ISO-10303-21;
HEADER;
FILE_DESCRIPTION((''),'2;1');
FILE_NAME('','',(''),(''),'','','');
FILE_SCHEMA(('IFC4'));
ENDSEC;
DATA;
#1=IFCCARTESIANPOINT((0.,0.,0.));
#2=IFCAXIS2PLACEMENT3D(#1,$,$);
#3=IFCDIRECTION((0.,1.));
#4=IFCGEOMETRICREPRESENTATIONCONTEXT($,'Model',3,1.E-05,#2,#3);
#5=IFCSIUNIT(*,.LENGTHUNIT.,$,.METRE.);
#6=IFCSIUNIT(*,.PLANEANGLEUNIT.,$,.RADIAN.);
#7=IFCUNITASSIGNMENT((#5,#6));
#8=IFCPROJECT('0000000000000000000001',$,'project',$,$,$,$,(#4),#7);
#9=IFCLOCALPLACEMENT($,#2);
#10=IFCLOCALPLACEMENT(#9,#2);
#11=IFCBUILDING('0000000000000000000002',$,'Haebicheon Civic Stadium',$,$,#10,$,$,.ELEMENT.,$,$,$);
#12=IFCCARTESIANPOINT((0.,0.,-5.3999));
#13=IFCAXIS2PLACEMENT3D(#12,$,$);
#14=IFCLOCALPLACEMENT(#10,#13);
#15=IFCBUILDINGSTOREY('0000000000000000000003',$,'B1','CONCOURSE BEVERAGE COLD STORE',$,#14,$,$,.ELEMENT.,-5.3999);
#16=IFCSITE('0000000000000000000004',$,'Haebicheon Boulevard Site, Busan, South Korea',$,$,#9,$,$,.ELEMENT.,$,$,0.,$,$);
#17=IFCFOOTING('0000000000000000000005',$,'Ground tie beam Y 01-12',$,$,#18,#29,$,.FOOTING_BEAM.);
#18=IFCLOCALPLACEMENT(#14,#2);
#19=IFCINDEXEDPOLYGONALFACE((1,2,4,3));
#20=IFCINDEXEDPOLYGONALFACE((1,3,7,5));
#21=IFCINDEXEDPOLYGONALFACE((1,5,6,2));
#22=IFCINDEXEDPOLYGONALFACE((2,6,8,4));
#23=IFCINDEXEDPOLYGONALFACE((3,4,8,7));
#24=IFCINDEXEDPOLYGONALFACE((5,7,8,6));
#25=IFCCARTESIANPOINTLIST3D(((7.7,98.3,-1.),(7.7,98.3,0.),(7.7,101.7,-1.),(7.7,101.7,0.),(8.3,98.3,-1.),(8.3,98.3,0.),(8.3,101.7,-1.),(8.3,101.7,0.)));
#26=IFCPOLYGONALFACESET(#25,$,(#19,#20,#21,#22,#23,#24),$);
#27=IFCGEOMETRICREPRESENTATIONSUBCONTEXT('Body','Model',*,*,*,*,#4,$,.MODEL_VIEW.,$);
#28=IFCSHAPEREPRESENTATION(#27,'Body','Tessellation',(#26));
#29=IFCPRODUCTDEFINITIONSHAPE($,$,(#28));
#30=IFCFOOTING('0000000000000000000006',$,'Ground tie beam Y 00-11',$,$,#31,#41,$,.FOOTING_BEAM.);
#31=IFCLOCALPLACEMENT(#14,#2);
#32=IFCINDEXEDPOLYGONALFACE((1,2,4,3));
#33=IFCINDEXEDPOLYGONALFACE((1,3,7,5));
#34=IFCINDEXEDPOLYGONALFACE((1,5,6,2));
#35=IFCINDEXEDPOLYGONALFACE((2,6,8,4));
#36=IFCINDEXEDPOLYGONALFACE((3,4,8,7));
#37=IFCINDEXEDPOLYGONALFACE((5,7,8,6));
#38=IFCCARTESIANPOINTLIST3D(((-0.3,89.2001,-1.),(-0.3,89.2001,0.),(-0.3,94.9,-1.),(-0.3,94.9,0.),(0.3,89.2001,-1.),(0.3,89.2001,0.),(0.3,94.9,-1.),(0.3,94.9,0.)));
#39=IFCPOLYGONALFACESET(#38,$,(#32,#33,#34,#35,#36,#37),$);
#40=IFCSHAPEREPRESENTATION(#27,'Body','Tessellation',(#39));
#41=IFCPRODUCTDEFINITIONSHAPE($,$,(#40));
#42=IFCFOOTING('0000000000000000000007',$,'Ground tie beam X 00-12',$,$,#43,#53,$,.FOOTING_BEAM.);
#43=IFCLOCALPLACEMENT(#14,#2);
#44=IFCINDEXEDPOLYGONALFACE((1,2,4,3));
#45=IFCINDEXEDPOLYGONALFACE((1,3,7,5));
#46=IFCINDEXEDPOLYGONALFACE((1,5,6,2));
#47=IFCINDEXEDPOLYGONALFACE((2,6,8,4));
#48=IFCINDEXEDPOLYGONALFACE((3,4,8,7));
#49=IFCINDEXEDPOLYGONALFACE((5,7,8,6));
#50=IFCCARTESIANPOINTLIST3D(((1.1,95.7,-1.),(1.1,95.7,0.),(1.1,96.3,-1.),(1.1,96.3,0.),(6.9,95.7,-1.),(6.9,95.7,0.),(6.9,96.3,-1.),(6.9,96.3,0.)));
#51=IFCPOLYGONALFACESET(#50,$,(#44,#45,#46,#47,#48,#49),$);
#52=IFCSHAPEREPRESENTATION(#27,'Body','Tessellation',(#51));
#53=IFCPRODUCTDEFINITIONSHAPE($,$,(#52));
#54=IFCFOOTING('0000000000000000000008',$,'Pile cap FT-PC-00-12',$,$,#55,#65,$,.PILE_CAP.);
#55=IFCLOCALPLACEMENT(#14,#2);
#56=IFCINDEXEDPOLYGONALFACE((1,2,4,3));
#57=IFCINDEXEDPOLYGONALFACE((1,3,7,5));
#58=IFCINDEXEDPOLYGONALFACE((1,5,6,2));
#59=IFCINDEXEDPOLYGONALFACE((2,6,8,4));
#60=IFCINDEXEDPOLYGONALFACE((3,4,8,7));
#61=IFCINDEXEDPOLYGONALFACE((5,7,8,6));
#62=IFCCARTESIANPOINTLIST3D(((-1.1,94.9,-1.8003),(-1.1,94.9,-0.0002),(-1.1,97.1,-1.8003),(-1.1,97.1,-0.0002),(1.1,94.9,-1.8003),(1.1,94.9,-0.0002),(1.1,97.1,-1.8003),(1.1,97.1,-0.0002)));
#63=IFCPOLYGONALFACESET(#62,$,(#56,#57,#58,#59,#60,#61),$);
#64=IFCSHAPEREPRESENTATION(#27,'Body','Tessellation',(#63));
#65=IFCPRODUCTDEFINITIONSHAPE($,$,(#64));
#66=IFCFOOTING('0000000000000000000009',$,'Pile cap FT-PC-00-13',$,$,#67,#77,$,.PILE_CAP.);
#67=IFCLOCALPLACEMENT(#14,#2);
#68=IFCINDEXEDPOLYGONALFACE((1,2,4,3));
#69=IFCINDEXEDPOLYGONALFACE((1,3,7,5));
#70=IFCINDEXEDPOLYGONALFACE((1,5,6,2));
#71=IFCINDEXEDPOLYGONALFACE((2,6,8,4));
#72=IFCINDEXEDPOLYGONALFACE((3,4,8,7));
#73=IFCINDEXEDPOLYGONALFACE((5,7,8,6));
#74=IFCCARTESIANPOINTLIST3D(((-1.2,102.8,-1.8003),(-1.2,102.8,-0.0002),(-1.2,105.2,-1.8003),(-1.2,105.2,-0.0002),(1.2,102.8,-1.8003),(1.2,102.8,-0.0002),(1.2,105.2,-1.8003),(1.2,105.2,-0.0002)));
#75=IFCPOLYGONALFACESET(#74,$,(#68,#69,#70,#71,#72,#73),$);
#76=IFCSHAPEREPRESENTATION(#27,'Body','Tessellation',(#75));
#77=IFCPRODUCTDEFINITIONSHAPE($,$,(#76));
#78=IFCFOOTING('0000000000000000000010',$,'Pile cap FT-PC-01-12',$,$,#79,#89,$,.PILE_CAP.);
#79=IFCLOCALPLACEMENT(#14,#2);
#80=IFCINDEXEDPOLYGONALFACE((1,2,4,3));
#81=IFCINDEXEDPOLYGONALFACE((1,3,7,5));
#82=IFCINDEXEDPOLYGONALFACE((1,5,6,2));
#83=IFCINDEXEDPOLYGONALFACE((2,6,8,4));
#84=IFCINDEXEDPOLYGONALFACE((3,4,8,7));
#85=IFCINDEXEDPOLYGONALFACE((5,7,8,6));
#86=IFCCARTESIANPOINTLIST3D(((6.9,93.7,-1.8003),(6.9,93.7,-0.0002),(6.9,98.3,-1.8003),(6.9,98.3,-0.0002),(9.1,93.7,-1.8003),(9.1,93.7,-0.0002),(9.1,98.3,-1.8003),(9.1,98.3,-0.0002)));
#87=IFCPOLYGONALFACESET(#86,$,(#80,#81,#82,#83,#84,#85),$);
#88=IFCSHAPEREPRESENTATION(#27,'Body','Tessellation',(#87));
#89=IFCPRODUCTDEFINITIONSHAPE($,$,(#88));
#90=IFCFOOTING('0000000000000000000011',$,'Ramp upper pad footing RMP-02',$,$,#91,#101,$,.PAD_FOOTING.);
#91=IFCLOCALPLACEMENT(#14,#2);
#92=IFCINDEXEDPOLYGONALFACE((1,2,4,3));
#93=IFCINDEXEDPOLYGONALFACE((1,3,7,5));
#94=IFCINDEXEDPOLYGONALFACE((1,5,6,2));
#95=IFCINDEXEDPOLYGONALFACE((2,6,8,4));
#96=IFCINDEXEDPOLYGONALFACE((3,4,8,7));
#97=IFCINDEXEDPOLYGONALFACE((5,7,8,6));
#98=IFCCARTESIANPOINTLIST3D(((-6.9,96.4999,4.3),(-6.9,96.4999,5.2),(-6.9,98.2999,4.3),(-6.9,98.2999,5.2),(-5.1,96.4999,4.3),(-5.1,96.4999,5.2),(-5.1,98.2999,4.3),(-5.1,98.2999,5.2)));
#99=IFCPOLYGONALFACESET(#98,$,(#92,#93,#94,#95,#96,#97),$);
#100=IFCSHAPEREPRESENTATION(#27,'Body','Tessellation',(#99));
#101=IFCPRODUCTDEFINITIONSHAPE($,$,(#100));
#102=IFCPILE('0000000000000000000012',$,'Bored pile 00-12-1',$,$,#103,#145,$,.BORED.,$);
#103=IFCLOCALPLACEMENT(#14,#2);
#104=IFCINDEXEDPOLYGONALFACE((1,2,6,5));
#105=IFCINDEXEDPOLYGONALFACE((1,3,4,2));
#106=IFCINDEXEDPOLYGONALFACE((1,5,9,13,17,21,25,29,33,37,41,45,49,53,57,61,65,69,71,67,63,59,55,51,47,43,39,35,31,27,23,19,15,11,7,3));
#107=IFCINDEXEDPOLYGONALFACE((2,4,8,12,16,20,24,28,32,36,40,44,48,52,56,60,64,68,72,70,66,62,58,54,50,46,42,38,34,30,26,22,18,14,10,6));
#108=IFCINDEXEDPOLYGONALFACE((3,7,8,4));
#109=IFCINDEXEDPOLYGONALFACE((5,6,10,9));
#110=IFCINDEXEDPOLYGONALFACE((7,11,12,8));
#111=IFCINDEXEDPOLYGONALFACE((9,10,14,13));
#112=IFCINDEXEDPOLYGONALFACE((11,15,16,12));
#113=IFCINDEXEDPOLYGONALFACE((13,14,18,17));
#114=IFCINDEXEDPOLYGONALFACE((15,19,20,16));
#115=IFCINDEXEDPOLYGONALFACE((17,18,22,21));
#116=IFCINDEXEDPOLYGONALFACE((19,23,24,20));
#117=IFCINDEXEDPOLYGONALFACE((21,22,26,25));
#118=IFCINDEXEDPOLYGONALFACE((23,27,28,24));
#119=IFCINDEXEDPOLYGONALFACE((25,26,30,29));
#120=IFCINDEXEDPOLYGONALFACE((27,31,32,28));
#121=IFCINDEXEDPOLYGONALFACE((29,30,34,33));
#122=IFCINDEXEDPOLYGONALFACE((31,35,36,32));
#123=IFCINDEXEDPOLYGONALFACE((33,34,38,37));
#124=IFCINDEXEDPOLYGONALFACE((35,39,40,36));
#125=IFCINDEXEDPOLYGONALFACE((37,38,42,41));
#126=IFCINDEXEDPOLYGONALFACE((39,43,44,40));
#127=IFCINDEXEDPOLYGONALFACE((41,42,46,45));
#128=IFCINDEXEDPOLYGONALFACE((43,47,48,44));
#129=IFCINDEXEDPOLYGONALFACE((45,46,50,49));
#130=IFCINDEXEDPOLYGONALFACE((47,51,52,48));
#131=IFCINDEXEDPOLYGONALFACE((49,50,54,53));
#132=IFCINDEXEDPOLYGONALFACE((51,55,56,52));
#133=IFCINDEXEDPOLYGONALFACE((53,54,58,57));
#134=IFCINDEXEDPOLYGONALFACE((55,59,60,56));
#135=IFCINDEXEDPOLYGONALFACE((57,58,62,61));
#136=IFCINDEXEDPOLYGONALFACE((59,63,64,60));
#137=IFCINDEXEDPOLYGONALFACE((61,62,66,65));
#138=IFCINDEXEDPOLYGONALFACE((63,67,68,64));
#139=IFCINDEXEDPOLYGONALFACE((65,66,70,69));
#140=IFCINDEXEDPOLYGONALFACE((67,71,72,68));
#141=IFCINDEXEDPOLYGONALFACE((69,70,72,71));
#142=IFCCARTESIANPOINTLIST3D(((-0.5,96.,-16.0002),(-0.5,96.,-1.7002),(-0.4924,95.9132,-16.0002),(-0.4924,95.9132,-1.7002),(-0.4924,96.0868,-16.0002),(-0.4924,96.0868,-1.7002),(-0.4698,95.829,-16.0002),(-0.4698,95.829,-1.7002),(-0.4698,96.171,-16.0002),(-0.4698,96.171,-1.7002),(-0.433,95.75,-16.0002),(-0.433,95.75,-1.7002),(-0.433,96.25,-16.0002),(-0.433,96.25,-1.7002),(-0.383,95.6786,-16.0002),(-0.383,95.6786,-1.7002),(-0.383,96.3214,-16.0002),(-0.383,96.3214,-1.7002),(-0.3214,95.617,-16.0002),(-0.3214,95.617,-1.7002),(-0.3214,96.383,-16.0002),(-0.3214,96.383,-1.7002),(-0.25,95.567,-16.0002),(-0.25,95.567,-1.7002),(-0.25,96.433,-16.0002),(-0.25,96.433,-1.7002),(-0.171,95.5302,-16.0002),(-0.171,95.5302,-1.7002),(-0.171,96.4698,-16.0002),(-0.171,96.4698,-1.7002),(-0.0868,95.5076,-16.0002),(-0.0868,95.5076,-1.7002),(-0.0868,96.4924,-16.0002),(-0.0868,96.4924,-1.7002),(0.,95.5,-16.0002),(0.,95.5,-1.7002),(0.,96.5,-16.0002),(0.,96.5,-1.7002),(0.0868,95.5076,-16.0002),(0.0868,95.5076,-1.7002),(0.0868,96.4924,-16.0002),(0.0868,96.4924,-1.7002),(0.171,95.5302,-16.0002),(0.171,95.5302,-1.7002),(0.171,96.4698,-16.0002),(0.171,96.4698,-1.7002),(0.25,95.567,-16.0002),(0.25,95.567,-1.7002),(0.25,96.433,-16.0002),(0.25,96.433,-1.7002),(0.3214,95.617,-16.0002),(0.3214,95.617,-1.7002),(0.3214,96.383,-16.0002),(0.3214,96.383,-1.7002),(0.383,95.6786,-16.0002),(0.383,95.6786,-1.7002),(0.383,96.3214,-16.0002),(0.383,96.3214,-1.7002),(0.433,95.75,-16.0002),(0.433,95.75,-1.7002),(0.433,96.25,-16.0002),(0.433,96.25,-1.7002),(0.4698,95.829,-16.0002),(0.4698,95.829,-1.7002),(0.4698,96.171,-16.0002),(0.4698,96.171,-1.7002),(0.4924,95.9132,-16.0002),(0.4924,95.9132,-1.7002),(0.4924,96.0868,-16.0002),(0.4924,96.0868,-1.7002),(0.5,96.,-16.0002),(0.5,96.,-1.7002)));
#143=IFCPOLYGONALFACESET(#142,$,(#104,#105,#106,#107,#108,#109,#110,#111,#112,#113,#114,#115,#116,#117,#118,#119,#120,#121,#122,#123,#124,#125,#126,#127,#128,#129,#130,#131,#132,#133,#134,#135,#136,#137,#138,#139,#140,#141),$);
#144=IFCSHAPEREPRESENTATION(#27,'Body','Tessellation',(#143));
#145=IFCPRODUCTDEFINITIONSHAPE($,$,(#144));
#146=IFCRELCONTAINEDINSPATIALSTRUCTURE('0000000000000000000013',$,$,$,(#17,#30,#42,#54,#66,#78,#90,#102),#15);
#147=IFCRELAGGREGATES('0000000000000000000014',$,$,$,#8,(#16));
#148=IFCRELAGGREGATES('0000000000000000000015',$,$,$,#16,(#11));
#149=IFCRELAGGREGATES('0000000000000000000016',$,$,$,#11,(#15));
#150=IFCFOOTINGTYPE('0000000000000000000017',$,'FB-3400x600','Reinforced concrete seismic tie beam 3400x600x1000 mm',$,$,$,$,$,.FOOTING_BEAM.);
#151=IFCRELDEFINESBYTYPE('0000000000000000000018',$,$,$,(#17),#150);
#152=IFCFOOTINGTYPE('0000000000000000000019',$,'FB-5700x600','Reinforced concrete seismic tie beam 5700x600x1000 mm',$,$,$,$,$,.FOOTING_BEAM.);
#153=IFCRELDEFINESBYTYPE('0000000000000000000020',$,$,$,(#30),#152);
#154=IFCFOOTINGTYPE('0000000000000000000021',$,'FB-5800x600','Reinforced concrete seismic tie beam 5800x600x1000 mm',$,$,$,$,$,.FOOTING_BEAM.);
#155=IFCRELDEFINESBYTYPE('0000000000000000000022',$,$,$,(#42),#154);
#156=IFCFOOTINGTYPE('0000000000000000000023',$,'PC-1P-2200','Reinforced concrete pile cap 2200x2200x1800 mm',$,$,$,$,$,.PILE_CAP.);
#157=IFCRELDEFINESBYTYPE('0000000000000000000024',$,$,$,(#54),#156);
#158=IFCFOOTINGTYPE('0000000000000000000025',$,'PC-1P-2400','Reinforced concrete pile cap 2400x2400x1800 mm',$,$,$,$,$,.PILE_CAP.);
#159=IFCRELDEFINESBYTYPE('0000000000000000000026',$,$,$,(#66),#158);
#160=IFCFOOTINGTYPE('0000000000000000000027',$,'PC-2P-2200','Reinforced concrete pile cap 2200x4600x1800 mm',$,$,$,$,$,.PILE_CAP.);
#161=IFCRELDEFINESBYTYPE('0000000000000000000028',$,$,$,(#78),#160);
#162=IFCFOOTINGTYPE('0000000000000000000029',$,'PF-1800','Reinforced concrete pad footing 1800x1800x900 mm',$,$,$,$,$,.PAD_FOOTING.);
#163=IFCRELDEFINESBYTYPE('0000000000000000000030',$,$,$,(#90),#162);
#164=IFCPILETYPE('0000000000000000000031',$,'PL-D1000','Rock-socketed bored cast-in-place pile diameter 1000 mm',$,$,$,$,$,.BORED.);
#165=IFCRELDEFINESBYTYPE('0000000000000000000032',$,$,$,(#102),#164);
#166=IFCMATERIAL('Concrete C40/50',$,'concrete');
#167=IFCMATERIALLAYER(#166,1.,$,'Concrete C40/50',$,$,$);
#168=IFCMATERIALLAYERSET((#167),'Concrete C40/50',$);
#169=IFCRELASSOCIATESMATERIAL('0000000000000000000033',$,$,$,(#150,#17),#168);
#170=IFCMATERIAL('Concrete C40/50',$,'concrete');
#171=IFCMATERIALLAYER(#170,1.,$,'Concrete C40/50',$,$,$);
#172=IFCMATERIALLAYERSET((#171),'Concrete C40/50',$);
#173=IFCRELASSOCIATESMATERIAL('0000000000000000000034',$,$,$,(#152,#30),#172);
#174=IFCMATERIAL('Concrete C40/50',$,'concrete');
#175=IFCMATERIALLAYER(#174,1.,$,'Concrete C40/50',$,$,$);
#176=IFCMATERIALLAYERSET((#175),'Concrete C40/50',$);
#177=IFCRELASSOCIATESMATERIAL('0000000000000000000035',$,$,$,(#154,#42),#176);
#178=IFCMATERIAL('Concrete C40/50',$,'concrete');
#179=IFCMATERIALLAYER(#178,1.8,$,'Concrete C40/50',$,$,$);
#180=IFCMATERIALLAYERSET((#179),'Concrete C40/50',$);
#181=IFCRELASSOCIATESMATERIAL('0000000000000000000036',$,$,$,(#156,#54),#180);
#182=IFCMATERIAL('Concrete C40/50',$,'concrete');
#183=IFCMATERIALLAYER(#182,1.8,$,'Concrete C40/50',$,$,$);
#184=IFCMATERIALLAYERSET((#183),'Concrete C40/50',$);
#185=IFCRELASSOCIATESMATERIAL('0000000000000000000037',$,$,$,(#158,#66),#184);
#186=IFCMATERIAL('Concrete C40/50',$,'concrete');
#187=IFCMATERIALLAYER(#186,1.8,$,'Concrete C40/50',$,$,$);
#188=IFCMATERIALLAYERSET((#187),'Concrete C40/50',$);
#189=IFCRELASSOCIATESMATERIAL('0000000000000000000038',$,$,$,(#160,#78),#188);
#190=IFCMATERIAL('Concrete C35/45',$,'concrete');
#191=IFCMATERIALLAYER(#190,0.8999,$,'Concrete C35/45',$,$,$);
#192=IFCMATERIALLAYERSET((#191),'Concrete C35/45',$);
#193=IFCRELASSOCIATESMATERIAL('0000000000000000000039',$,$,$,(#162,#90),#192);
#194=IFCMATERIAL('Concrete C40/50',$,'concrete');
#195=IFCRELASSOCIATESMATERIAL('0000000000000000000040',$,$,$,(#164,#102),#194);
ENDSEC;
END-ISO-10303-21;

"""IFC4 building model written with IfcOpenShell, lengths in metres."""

from ifc_helpers import new_model, si_unit, direction, frame, origin, origin_2d, place, context, subcontext, project, spatial, rectangle, circle, extrude, material, layer, layer_set, material_profile, profile_set, type_object, element, save


model = new_model("IFC4")

# Units and contexts
model_context = context("Model", 3, precision=1e-05, world=origin(), true_north=direction((0.0, 1.0)))
body_context = subcontext(model_context, "Body", "Model", "MODEL_VIEW")
ifc_project = project(units=[si_unit("LENGTHUNIT", "METRE"), si_unit("PLANEANGLEUNIT", "RADIAN")], contexts=[model_context])

# Site, building, storey
site_placement = place(None, origin())
site = spatial("IfcSite", under=ifc_project, at=site_placement, Name="Haebicheon Boulevard Site, Busan, South Korea", CompositionType="ELEMENT", RefElevation=0.0)
building_placement = place(site_placement, origin())
building = spatial("IfcBuilding", under=site, at=building_placement, Name="Haebicheon Civic Stadium", CompositionType="ELEMENT")
storey_placement = place(building_placement, frame((0.0, 0.0, -5.3999)))
storey = spatial("IfcBuildingStorey", under=building, at=storey_placement, Name="B1", Description="CONCOURSE BEVERAGE COLD STORE", CompositionType="ELEMENT", Elevation=-5.3999)

# Footings
ifc_material_1 = material(Name="Concrete C40/50", Category="concrete")
ifc_layer_1 = layer(ifc_material_1, 1.0, Name="Concrete C40/50")
ifc_layer_set_1 = layer_set([ifc_layer_1], Name="Concrete C40/50")
footing_type_1 = type_object("IfcFootingType", Name="FB-3400x600", Description="Reinforced concrete seismic tie beam 3400x600x1000 mm", PredefinedType="FOOTING_BEAM", material=ifc_layer_set_1)
footing_1_placement = place(storey_placement, frame((8.0, 100.0, -1.0), z_axis=(0.0, 0.0, 1.0), x_axis=(0.0, 1.0, 0.0)))
element("IfcFooting", 1, at=footing_1_placement, inside=storey, type_object=footing_type_1, material=ifc_layer_set_1, Name="Ground tie beam Y 01-12", PredefinedType="FOOTING_BEAM", context=body_context, shape_type="SweptSolid", body=[
    extrude(rectangle(XDim=3.3999, YDim=0.6001, at=origin_2d()), origin(), (0.0, 0.0, 1.0), 1.0),
])
ifc_material_2 = material(Name="Concrete C40/50", Category="concrete")
ifc_layer_2 = layer(ifc_material_2, 1.0, Name="Concrete C40/50")
ifc_layer_set_2 = layer_set([ifc_layer_2], Name="Concrete C40/50")
footing_type_2 = type_object("IfcFootingType", Name="FB-5700x600", Description="Reinforced concrete seismic tie beam 5700x600x1000 mm", PredefinedType="FOOTING_BEAM", material=ifc_layer_set_2)
footing_2_placement = place(storey_placement, frame((0.0, 92.05, -1.0), z_axis=(0.0, 0.0, 1.0), x_axis=(0.0, 1.0, 0.0)))
element("IfcFooting", 2, at=footing_2_placement, inside=storey, type_object=footing_type_2, material=ifc_layer_set_2, Name="Ground tie beam Y 00-11", PredefinedType="FOOTING_BEAM", context=body_context, shape_type="SweptSolid", body=[
    extrude(rectangle(XDim=5.7, YDim=0.6001, at=origin_2d()), origin(), (0.0, 0.0, 1.0), 1.0),
])
ifc_material_3 = material(Name="Concrete C40/50", Category="concrete")
ifc_layer_3 = layer(ifc_material_3, 1.0, Name="Concrete C40/50")
ifc_layer_set_3 = layer_set([ifc_layer_3], Name="Concrete C40/50")
footing_type_3 = type_object("IfcFootingType", Name="FB-5800x600", Description="Reinforced concrete seismic tie beam 5800x600x1000 mm", PredefinedType="FOOTING_BEAM", material=ifc_layer_set_3)
footing_3_placement = place(storey_placement, frame((4.0, 96.0, -1.0), z_axis=(0.0, 0.0, 1.0), x_axis=(1.0, 0.0, 0.0)))
element("IfcFooting", 3, at=footing_3_placement, inside=storey, type_object=footing_type_3, material=ifc_layer_set_3, Name="Ground tie beam X 00-12", PredefinedType="FOOTING_BEAM", context=body_context, shape_type="SweptSolid", body=[
    extrude(rectangle(XDim=5.8, YDim=0.6001, at=origin_2d()), origin(), (0.0, 0.0, 1.0), 1.0),
])
ifc_material_4 = material(Name="Concrete C40/50", Category="concrete")
ifc_layer_4 = layer(ifc_material_4, 1.8, Name="Concrete C40/50")
ifc_layer_set_4 = layer_set([ifc_layer_4], Name="Concrete C40/50")
footing_type_4 = type_object("IfcFootingType", Name="PC-1P-2200", Description="Reinforced concrete pile cap 2200x2200x1800 mm", PredefinedType="PILE_CAP", material=ifc_layer_set_4)
footing_4_placement = place(storey_placement, frame((0.0, 96.0, -1.8003), z_axis=(0.0, 0.0, 1.0), x_axis=(1.0, 0.0, 0.0)))
element("IfcFooting", 4, at=footing_4_placement, inside=storey, type_object=footing_type_4, material=ifc_layer_set_4, Name="Pile cap FT-PC-00-12", PredefinedType="PILE_CAP", context=body_context, shape_type="SweptSolid", body=[
    extrude(rectangle(XDim=2.2, YDim=2.2, at=origin_2d()), origin(), (0.0, 0.0, 1.0), 1.8),
])
ifc_material_5 = material(Name="Concrete C40/50", Category="concrete")
ifc_layer_5 = layer(ifc_material_5, 1.8, Name="Concrete C40/50")
ifc_layer_set_5 = layer_set([ifc_layer_5], Name="Concrete C40/50")
footing_type_5 = type_object("IfcFootingType", Name="PC-1P-2400", Description="Reinforced concrete pile cap 2400x2400x1800 mm", PredefinedType="PILE_CAP", material=ifc_layer_set_5)
footing_5_placement = place(storey_placement, frame((0.0, 104.0, -1.8003), z_axis=(0.0, 0.0, 1.0), x_axis=(1.0, 0.0, 0.0)))
element("IfcFooting", 5, at=footing_5_placement, inside=storey, type_object=footing_type_5, material=ifc_layer_set_5, Name="Pile cap FT-PC-00-13", PredefinedType="PILE_CAP", context=body_context, shape_type="SweptSolid", body=[
    extrude(rectangle(XDim=2.3999, YDim=2.3999, at=origin_2d()), origin(), (0.0, 0.0, 1.0), 1.8),
])
ifc_material_6 = material(Name="Concrete C40/50", Category="concrete")
ifc_layer_6 = layer(ifc_material_6, 1.8, Name="Concrete C40/50")
ifc_layer_set_6 = layer_set([ifc_layer_6], Name="Concrete C40/50")
footing_type_6 = type_object("IfcFootingType", Name="PC-2P-2200", Description="Reinforced concrete pile cap 2200x4600x1800 mm", PredefinedType="PILE_CAP", material=ifc_layer_set_6)
footing_6_placement = place(storey_placement, frame((8.0, 96.0, -1.8003), z_axis=(0.0, 0.0, 1.0), x_axis=(1.0, 0.0, 0.0)))
element("IfcFooting", 6, at=footing_6_placement, inside=storey, type_object=footing_type_6, material=ifc_layer_set_6, Name="Pile cap FT-PC-01-12", PredefinedType="PILE_CAP", context=body_context, shape_type="SweptSolid", body=[
    extrude(rectangle(XDim=2.2, YDim=4.6001, at=origin_2d()), origin(), (0.0, 0.0, 1.0), 1.8),
])
ifc_material_7 = material(Name="Concrete C35/45", Category="concrete")
ifc_layer_7 = layer(ifc_material_7, 0.8999, Name="Concrete C35/45")
ifc_layer_set_7 = layer_set([ifc_layer_7], Name="Concrete C35/45")
footing_type_7 = type_object("IfcFootingType", Name="PF-1800", Description="Reinforced concrete pad footing 1800x1800x900 mm", PredefinedType="PAD_FOOTING", material=ifc_layer_set_7)
footing_7_placement = place(storey_placement, frame((-6.0, 97.3999, 4.3), z_axis=(0.0, 0.0, 1.0), x_axis=(1.0, 0.0, 0.0)))
element("IfcFooting", 7, at=footing_7_placement, inside=storey, type_object=footing_type_7, material=ifc_layer_set_7, Name="Ramp upper pad footing RMP-02", PredefinedType="PAD_FOOTING", context=body_context, shape_type="SweptSolid", body=[
    extrude(rectangle(XDim=1.8, YDim=1.8, at=origin_2d()), origin(), (0.0, 0.0, 1.0), 0.8999),
])

# Pile
ifc_material_8 = material(Name="Concrete C40/50", Category="concrete")
ifc_material_profile_1 = material_profile(ifc_material_8, circle(Radius=0.5, at=origin_2d()), Name="PILE-D1000")
ifc_profile_set_1 = profile_set([ifc_material_profile_1], Name="Concrete C40/50")
pile_type_1 = type_object("IfcPileType", Name="PL-D1000", Description="Rock-socketed bored cast-in-place pile diameter 1000 mm", PredefinedType="BORED", material=ifc_profile_set_1)
for number, where, z_axis, x_axis, name in (
    (8, (0.0, 96.0, -1.7002), (0.0, 0.0, -1.0), (1.0, 0.0, 0.0), "Bored pile 00-12-1"),
):
    element("IfcPile", number, at=place(storey_placement, frame(where, z_axis=z_axis, x_axis=x_axis)), inside=storey, type_object=pile_type_1, material=ifc_profile_set_1, Name=name, PredefinedType="BORED", context=body_context, shape_type="SweptSolid", body=[
        extrude(circle(Radius=0.5, at=origin_2d()), origin(), (0.0, 0.0, 1.0), 14.3),
    ])

save(model, "model.ifc")
